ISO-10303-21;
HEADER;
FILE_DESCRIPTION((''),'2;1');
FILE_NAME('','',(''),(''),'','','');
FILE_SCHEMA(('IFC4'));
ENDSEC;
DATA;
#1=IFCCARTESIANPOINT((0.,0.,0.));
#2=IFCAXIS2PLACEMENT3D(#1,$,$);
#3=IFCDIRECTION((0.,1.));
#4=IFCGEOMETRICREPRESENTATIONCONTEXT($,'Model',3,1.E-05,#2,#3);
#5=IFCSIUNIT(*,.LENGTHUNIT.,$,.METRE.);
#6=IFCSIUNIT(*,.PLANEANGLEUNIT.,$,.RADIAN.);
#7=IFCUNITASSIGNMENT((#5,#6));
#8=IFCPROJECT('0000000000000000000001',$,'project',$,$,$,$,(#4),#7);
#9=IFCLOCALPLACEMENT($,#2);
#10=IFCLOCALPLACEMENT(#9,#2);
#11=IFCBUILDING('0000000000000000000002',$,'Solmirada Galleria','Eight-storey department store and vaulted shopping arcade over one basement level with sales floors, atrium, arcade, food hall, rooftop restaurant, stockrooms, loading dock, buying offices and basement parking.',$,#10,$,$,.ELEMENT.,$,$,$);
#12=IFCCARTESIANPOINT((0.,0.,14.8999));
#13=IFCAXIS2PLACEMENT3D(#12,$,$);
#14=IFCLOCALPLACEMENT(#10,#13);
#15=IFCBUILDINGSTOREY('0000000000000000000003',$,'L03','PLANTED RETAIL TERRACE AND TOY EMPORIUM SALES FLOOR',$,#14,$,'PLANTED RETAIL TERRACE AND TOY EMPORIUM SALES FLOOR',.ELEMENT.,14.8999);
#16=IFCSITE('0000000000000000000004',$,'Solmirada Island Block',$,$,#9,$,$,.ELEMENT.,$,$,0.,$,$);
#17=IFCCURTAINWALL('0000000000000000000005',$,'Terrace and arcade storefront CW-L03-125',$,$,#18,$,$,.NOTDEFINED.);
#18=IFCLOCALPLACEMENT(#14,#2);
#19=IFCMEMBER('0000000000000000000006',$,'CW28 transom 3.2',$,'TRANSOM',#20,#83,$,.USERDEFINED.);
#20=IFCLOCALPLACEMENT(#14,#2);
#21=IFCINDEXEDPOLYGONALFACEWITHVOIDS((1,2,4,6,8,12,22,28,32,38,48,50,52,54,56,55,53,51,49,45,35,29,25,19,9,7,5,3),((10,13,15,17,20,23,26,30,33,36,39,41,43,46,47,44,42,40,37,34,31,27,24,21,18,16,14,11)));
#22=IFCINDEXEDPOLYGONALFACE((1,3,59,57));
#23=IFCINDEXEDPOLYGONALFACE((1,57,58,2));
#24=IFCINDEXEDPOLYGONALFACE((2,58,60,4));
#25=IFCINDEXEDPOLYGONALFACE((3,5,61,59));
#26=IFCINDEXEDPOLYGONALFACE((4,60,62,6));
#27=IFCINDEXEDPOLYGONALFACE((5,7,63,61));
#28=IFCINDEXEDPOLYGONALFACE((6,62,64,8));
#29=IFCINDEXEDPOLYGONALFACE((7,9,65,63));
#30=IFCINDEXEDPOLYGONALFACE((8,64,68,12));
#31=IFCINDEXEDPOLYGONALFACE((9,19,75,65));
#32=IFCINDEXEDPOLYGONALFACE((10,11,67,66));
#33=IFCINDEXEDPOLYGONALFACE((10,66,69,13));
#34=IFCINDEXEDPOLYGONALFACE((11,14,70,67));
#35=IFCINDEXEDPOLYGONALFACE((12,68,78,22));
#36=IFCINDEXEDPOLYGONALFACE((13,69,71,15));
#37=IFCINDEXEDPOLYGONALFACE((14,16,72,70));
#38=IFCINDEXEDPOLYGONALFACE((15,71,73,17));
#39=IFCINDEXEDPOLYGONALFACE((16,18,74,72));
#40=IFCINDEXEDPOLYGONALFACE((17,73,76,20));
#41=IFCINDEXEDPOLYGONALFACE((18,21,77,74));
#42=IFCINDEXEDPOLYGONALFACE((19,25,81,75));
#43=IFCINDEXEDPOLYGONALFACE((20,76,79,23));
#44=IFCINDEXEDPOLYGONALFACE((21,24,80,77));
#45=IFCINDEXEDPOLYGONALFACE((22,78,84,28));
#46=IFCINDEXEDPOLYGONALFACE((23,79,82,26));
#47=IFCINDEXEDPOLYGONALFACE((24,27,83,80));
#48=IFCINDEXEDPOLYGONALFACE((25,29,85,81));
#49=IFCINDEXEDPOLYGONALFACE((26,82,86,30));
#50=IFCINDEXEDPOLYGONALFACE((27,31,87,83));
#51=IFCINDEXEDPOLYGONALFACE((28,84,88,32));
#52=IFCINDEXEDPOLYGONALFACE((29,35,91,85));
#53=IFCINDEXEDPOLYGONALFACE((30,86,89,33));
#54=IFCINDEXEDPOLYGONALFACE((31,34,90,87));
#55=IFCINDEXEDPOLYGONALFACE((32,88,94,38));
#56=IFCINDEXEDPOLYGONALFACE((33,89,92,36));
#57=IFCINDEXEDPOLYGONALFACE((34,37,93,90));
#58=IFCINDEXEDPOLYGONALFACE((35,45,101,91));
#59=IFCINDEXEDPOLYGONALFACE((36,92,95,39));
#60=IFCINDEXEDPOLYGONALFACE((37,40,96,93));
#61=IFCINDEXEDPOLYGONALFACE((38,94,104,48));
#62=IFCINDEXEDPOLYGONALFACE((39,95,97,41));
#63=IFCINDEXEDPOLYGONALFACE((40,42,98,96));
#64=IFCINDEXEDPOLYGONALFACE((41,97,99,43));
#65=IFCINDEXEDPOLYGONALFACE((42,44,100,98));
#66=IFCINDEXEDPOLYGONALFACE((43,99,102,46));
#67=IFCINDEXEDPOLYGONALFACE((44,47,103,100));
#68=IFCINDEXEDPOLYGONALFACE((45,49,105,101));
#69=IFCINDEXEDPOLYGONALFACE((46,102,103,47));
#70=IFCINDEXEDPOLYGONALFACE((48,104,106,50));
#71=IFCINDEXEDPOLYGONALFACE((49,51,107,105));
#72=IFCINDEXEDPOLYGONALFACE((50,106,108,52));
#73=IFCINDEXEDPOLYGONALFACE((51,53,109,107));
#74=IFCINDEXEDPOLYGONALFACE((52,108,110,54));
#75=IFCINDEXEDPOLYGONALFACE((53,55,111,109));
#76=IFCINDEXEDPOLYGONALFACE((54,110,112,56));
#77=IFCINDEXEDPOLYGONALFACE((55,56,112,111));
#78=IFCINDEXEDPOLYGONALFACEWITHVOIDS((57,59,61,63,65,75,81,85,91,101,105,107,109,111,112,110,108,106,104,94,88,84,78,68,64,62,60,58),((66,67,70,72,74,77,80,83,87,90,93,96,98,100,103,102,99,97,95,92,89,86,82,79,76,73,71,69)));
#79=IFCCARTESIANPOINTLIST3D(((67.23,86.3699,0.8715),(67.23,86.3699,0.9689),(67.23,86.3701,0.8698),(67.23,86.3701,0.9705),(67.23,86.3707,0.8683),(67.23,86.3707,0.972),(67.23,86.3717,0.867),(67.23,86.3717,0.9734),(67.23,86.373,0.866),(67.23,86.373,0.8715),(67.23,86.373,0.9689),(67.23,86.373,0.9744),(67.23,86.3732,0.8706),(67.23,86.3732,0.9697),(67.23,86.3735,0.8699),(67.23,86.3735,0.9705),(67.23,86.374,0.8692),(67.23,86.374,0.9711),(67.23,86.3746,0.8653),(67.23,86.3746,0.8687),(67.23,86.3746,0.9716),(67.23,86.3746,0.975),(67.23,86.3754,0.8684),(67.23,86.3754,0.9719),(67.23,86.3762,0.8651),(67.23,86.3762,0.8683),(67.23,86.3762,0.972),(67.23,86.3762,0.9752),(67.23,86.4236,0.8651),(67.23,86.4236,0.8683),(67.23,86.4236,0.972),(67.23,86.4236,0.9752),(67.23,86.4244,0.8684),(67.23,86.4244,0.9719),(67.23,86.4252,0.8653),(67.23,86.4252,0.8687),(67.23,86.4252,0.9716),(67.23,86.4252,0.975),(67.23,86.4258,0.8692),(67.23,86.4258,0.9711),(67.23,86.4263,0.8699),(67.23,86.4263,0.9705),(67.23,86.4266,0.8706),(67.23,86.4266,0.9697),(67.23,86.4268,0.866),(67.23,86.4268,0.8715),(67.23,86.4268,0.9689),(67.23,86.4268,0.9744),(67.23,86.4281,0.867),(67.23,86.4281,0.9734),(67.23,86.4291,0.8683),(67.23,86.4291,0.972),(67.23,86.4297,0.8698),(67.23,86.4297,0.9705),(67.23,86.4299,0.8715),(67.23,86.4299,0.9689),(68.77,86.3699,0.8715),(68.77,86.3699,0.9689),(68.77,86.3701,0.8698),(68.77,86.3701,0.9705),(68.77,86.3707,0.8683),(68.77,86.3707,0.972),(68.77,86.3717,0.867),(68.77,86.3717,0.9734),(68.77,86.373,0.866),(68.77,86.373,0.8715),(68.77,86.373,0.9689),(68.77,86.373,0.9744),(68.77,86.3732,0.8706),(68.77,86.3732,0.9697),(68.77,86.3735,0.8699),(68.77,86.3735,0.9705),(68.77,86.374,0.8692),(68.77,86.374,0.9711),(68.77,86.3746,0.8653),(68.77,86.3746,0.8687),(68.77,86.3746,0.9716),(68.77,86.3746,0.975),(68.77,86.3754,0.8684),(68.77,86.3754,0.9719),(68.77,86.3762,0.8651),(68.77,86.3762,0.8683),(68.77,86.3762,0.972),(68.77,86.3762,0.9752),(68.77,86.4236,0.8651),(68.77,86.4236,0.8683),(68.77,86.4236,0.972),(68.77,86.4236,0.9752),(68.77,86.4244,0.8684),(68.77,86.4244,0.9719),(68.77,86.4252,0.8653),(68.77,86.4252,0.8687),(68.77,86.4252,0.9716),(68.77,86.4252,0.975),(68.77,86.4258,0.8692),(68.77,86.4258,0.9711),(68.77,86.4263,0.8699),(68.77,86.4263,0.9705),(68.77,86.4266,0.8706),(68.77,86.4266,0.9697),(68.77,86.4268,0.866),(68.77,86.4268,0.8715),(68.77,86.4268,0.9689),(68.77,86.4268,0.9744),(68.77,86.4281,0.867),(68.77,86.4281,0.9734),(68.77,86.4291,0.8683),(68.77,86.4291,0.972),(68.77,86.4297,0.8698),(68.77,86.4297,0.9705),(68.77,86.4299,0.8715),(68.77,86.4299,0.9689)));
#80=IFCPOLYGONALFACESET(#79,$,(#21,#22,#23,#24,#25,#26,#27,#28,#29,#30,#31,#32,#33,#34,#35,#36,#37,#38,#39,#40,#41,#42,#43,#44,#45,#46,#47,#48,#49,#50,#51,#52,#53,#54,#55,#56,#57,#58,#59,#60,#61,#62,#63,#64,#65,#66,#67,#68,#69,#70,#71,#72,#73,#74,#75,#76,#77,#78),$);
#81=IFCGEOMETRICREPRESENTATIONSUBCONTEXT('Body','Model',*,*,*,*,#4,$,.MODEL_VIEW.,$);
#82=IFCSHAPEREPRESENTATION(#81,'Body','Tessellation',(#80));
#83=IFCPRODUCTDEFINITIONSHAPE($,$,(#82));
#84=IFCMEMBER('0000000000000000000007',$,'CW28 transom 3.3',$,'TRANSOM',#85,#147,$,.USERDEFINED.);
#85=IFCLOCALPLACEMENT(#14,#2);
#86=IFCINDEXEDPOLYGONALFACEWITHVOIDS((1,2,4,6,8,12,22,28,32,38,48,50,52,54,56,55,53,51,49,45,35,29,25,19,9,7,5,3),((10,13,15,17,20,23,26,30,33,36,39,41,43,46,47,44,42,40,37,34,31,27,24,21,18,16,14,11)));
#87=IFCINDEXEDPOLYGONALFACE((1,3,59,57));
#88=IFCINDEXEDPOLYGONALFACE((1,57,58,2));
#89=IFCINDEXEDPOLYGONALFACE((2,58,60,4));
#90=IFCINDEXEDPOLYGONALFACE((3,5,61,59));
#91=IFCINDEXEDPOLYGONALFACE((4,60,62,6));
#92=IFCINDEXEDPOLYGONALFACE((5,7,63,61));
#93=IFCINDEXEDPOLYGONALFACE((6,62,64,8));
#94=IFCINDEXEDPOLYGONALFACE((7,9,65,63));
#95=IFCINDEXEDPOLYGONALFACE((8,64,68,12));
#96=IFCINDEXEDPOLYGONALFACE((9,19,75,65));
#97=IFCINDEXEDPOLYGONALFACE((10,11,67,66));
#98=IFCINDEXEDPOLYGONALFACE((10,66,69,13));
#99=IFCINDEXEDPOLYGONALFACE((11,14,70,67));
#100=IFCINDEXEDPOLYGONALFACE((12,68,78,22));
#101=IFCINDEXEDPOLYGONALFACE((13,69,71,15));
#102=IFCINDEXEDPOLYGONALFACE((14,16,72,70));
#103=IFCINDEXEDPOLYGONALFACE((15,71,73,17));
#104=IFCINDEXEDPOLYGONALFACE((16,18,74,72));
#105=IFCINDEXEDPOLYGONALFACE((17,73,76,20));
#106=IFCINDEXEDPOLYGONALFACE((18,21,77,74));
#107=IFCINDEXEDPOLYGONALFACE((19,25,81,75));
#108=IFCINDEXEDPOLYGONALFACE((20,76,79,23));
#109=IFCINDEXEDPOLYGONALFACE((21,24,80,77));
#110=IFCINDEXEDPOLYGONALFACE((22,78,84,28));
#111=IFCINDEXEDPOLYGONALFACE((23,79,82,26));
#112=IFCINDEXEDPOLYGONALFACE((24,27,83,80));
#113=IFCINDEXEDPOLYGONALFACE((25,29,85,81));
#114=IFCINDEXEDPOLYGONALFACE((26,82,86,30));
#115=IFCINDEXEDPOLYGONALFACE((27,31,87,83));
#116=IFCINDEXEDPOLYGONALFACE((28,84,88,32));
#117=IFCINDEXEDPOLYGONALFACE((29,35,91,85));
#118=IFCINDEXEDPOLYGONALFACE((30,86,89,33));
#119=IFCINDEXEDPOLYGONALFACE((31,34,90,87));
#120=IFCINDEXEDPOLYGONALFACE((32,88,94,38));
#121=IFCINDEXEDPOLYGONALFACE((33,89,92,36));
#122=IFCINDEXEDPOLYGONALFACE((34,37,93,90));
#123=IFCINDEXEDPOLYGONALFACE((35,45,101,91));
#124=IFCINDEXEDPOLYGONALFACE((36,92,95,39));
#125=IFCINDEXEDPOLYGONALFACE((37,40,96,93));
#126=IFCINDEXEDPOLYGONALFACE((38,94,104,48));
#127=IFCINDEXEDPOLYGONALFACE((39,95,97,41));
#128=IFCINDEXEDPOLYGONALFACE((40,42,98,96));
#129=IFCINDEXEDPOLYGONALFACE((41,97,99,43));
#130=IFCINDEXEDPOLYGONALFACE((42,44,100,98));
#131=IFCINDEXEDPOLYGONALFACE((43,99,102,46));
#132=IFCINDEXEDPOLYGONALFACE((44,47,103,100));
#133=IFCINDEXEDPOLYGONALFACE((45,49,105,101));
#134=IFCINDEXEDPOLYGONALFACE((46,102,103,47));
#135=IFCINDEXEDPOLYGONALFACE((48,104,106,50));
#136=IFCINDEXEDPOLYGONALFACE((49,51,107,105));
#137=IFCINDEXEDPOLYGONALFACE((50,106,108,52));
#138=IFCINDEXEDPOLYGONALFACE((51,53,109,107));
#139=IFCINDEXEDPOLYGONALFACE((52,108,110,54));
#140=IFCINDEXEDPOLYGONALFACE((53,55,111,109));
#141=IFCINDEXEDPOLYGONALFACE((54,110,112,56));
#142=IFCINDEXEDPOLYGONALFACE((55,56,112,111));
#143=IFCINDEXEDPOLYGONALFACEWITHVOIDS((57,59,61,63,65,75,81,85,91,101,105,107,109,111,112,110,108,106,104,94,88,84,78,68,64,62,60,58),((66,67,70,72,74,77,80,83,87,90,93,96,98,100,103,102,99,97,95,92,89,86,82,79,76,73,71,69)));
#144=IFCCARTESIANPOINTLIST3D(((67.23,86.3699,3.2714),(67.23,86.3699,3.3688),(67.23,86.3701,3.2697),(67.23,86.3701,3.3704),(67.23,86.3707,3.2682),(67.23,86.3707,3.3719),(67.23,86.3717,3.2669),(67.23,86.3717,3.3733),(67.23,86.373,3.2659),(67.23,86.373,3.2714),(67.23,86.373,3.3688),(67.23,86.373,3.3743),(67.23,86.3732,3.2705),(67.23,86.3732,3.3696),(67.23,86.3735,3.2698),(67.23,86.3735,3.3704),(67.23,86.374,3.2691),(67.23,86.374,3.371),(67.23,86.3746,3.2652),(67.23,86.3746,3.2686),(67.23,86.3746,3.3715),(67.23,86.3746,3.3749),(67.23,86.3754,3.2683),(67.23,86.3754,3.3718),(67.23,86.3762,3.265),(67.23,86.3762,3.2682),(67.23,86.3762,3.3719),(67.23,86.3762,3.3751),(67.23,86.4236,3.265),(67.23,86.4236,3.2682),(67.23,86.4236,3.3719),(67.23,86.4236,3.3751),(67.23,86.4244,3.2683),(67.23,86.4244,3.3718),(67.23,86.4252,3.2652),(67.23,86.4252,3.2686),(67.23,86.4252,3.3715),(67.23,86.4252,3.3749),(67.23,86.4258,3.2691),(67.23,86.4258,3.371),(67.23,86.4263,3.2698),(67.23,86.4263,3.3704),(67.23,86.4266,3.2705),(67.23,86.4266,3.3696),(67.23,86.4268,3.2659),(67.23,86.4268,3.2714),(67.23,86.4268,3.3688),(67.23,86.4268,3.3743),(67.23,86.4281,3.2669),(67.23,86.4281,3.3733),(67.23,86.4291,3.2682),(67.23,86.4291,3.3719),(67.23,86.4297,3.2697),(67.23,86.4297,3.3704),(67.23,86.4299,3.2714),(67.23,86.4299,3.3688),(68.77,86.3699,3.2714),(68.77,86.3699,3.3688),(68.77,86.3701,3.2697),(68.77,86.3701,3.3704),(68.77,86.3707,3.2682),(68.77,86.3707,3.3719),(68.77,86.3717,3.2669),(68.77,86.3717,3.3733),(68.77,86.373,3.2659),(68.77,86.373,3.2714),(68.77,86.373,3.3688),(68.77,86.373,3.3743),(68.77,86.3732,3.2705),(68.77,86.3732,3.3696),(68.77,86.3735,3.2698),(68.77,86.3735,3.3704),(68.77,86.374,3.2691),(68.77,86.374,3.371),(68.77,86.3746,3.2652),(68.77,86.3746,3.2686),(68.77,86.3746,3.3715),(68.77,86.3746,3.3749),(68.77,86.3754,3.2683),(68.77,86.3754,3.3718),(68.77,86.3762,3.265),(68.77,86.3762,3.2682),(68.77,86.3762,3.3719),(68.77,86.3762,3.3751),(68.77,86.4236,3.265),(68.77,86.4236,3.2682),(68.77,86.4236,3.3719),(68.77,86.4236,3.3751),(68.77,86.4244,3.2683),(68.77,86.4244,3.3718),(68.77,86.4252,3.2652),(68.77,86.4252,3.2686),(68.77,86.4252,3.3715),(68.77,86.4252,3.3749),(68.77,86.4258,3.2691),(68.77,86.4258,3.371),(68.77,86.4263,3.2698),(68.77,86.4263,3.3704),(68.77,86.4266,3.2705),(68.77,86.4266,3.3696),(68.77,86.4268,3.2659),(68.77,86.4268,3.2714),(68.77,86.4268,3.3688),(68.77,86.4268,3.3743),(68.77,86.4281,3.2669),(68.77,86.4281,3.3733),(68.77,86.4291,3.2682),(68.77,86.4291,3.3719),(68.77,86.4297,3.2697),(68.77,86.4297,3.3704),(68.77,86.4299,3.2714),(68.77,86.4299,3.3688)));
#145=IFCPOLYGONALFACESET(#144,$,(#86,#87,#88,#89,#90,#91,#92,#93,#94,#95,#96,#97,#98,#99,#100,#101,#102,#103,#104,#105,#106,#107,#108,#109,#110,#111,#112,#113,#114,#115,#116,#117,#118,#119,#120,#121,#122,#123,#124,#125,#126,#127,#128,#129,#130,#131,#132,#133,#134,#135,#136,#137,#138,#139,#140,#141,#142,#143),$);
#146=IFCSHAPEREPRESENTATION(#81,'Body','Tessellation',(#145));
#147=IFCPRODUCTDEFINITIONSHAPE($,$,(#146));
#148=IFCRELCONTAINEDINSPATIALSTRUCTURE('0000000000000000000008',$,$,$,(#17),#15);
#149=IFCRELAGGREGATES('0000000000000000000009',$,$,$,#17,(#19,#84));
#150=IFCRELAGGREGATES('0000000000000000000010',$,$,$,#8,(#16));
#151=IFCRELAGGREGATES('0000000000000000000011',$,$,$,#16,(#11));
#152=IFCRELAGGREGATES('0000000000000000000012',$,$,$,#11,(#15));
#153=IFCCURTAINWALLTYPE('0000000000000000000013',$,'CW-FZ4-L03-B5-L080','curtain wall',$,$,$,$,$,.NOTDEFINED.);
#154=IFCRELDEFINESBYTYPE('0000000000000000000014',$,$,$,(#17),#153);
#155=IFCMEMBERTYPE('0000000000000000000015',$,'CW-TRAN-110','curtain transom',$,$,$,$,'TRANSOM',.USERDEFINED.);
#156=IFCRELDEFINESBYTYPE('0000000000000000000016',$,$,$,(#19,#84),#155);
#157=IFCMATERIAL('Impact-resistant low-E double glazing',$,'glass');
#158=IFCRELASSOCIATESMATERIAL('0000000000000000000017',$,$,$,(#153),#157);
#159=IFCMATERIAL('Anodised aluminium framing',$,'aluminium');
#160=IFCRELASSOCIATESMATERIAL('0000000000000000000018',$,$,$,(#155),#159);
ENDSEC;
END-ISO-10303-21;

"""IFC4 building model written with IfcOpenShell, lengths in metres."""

from ifc_helpers import new_model, si_unit, direction, frame, origin, origin_2d, place, context, subcontext, project, spatial, hollow_rectangle, extrude, material, material_profile, profile_set, type_object, element, aggregate, save


model = new_model("IFC4")

# Units and contexts
model_context = context("Model", 3, precision=1e-05, world=origin(), true_north=direction((0.0, 1.0)))
body_context = subcontext(model_context, "Body", "Model", "MODEL_VIEW")
ifc_project = project(units=[si_unit("LENGTHUNIT", "METRE"), si_unit("PLANEANGLEUNIT", "RADIAN")], contexts=[model_context])

# Site, building, storey
site_placement = place(None, origin())
site = spatial("IfcSite", under=ifc_project, at=site_placement, Name="Solmirada Island Block", CompositionType="ELEMENT", RefElevation=0.0)
building_placement = place(site_placement, origin())
building = spatial("IfcBuilding", under=site, at=building_placement, Name="Solmirada Galleria", Description="Eight-storey department store and vaulted shopping arcade over one basement level with sales floors, atrium, arcade, food hall, rooftop restaurant, stockrooms, loading dock, buying offices and basement parking.", CompositionType="ELEMENT")
storey_placement = place(building_placement, frame((0.0, 0.0, 14.8999)))
storey = spatial("IfcBuildingStorey", under=building, at=storey_placement, Name="L03", Description="PLANTED RETAIL TERRACE AND TOY EMPORIUM SALES FLOOR", LongName="PLANTED RETAIL TERRACE AND TOY EMPORIUM SALES FLOOR", CompositionType="ELEMENT", Elevation=14.8999)

# Curtain wall, members
ifc_material_1 = material(Name="Impact-resistant low-E double glazing", Category="glass")
curtain_wall_type = type_object("IfcCurtainWallType", Name="CW-FZ4-L03-B5-L080", Description="curtain wall", PredefinedType="NOTDEFINED", material=ifc_material_1)
curtain_wall_placement = place(storey_placement, origin())
curtain_wall = element("IfcCurtainWall", 1, at=curtain_wall_placement, inside=storey, type_object=curtain_wall_type, Name="Terrace and arcade storefront CW-L03-125", PredefinedType="NOTDEFINED")
ifc_material_2 = material(Name="Anodised aluminium framing", Category="aluminium")
ifc_material_profile_1 = material_profile(ifc_material_2, hollow_rectangle(XDim=0.0601, YDim=0.1101, WallThickness=0.0032, InnerFilletRadius=0.0032, OuterFilletRadius=0.0063, at=origin_2d()), Name="ALU-TRAN-110X60")
ifc_profile_set_1 = profile_set([ifc_material_profile_1], Name="Anodised aluminium framing")
member_type_1 = type_object("IfcMemberType", Name="CW-TRAN-110", Description="curtain transom", ElementType="TRANSOM", PredefinedType="USERDEFINED", material=ifc_profile_set_1)
member_1_placement = place(storey_placement, frame((68.77, 86.3999, 0.9202), z_axis=(-1.0, 0.0, 0.0), x_axis=(0.0, -1.0, 0.0)))
member_1 = element("IfcMember", 2, at=member_1_placement, type_object=member_type_1, Name="CW28 transom 3.2", ObjectType="TRANSOM", PredefinedType="USERDEFINED", context=body_context, shape_type="SweptSolid", body=[
    extrude(hollow_rectangle(XDim=0.0601, YDim=0.1101, WallThickness=0.0032, InnerFilletRadius=0.0032, OuterFilletRadius=0.0063, at=origin_2d()), origin(), (0.0, 0.0, 1.0), 1.54),
])
member_2_placement = place(storey_placement, frame((68.77, 86.3999, 3.3201), z_axis=(-1.0, 0.0, 0.0), x_axis=(0.0, -1.0, 0.0)))
member_2 = element("IfcMember", 3, at=member_2_placement, type_object=member_type_1, Name="CW28 transom 3.3", ObjectType="TRANSOM", PredefinedType="USERDEFINED", context=body_context, shape_type="SweptSolid", body=[
    extrude(hollow_rectangle(XDim=0.0601, YDim=0.1101, WallThickness=0.0032, InnerFilletRadius=0.0032, OuterFilletRadius=0.0063, at=origin_2d()), origin(), (0.0, 0.0, 1.0), 1.54),
])
aggregate(curtain_wall, [member_1, member_2])

save(model, "model.ifc")
